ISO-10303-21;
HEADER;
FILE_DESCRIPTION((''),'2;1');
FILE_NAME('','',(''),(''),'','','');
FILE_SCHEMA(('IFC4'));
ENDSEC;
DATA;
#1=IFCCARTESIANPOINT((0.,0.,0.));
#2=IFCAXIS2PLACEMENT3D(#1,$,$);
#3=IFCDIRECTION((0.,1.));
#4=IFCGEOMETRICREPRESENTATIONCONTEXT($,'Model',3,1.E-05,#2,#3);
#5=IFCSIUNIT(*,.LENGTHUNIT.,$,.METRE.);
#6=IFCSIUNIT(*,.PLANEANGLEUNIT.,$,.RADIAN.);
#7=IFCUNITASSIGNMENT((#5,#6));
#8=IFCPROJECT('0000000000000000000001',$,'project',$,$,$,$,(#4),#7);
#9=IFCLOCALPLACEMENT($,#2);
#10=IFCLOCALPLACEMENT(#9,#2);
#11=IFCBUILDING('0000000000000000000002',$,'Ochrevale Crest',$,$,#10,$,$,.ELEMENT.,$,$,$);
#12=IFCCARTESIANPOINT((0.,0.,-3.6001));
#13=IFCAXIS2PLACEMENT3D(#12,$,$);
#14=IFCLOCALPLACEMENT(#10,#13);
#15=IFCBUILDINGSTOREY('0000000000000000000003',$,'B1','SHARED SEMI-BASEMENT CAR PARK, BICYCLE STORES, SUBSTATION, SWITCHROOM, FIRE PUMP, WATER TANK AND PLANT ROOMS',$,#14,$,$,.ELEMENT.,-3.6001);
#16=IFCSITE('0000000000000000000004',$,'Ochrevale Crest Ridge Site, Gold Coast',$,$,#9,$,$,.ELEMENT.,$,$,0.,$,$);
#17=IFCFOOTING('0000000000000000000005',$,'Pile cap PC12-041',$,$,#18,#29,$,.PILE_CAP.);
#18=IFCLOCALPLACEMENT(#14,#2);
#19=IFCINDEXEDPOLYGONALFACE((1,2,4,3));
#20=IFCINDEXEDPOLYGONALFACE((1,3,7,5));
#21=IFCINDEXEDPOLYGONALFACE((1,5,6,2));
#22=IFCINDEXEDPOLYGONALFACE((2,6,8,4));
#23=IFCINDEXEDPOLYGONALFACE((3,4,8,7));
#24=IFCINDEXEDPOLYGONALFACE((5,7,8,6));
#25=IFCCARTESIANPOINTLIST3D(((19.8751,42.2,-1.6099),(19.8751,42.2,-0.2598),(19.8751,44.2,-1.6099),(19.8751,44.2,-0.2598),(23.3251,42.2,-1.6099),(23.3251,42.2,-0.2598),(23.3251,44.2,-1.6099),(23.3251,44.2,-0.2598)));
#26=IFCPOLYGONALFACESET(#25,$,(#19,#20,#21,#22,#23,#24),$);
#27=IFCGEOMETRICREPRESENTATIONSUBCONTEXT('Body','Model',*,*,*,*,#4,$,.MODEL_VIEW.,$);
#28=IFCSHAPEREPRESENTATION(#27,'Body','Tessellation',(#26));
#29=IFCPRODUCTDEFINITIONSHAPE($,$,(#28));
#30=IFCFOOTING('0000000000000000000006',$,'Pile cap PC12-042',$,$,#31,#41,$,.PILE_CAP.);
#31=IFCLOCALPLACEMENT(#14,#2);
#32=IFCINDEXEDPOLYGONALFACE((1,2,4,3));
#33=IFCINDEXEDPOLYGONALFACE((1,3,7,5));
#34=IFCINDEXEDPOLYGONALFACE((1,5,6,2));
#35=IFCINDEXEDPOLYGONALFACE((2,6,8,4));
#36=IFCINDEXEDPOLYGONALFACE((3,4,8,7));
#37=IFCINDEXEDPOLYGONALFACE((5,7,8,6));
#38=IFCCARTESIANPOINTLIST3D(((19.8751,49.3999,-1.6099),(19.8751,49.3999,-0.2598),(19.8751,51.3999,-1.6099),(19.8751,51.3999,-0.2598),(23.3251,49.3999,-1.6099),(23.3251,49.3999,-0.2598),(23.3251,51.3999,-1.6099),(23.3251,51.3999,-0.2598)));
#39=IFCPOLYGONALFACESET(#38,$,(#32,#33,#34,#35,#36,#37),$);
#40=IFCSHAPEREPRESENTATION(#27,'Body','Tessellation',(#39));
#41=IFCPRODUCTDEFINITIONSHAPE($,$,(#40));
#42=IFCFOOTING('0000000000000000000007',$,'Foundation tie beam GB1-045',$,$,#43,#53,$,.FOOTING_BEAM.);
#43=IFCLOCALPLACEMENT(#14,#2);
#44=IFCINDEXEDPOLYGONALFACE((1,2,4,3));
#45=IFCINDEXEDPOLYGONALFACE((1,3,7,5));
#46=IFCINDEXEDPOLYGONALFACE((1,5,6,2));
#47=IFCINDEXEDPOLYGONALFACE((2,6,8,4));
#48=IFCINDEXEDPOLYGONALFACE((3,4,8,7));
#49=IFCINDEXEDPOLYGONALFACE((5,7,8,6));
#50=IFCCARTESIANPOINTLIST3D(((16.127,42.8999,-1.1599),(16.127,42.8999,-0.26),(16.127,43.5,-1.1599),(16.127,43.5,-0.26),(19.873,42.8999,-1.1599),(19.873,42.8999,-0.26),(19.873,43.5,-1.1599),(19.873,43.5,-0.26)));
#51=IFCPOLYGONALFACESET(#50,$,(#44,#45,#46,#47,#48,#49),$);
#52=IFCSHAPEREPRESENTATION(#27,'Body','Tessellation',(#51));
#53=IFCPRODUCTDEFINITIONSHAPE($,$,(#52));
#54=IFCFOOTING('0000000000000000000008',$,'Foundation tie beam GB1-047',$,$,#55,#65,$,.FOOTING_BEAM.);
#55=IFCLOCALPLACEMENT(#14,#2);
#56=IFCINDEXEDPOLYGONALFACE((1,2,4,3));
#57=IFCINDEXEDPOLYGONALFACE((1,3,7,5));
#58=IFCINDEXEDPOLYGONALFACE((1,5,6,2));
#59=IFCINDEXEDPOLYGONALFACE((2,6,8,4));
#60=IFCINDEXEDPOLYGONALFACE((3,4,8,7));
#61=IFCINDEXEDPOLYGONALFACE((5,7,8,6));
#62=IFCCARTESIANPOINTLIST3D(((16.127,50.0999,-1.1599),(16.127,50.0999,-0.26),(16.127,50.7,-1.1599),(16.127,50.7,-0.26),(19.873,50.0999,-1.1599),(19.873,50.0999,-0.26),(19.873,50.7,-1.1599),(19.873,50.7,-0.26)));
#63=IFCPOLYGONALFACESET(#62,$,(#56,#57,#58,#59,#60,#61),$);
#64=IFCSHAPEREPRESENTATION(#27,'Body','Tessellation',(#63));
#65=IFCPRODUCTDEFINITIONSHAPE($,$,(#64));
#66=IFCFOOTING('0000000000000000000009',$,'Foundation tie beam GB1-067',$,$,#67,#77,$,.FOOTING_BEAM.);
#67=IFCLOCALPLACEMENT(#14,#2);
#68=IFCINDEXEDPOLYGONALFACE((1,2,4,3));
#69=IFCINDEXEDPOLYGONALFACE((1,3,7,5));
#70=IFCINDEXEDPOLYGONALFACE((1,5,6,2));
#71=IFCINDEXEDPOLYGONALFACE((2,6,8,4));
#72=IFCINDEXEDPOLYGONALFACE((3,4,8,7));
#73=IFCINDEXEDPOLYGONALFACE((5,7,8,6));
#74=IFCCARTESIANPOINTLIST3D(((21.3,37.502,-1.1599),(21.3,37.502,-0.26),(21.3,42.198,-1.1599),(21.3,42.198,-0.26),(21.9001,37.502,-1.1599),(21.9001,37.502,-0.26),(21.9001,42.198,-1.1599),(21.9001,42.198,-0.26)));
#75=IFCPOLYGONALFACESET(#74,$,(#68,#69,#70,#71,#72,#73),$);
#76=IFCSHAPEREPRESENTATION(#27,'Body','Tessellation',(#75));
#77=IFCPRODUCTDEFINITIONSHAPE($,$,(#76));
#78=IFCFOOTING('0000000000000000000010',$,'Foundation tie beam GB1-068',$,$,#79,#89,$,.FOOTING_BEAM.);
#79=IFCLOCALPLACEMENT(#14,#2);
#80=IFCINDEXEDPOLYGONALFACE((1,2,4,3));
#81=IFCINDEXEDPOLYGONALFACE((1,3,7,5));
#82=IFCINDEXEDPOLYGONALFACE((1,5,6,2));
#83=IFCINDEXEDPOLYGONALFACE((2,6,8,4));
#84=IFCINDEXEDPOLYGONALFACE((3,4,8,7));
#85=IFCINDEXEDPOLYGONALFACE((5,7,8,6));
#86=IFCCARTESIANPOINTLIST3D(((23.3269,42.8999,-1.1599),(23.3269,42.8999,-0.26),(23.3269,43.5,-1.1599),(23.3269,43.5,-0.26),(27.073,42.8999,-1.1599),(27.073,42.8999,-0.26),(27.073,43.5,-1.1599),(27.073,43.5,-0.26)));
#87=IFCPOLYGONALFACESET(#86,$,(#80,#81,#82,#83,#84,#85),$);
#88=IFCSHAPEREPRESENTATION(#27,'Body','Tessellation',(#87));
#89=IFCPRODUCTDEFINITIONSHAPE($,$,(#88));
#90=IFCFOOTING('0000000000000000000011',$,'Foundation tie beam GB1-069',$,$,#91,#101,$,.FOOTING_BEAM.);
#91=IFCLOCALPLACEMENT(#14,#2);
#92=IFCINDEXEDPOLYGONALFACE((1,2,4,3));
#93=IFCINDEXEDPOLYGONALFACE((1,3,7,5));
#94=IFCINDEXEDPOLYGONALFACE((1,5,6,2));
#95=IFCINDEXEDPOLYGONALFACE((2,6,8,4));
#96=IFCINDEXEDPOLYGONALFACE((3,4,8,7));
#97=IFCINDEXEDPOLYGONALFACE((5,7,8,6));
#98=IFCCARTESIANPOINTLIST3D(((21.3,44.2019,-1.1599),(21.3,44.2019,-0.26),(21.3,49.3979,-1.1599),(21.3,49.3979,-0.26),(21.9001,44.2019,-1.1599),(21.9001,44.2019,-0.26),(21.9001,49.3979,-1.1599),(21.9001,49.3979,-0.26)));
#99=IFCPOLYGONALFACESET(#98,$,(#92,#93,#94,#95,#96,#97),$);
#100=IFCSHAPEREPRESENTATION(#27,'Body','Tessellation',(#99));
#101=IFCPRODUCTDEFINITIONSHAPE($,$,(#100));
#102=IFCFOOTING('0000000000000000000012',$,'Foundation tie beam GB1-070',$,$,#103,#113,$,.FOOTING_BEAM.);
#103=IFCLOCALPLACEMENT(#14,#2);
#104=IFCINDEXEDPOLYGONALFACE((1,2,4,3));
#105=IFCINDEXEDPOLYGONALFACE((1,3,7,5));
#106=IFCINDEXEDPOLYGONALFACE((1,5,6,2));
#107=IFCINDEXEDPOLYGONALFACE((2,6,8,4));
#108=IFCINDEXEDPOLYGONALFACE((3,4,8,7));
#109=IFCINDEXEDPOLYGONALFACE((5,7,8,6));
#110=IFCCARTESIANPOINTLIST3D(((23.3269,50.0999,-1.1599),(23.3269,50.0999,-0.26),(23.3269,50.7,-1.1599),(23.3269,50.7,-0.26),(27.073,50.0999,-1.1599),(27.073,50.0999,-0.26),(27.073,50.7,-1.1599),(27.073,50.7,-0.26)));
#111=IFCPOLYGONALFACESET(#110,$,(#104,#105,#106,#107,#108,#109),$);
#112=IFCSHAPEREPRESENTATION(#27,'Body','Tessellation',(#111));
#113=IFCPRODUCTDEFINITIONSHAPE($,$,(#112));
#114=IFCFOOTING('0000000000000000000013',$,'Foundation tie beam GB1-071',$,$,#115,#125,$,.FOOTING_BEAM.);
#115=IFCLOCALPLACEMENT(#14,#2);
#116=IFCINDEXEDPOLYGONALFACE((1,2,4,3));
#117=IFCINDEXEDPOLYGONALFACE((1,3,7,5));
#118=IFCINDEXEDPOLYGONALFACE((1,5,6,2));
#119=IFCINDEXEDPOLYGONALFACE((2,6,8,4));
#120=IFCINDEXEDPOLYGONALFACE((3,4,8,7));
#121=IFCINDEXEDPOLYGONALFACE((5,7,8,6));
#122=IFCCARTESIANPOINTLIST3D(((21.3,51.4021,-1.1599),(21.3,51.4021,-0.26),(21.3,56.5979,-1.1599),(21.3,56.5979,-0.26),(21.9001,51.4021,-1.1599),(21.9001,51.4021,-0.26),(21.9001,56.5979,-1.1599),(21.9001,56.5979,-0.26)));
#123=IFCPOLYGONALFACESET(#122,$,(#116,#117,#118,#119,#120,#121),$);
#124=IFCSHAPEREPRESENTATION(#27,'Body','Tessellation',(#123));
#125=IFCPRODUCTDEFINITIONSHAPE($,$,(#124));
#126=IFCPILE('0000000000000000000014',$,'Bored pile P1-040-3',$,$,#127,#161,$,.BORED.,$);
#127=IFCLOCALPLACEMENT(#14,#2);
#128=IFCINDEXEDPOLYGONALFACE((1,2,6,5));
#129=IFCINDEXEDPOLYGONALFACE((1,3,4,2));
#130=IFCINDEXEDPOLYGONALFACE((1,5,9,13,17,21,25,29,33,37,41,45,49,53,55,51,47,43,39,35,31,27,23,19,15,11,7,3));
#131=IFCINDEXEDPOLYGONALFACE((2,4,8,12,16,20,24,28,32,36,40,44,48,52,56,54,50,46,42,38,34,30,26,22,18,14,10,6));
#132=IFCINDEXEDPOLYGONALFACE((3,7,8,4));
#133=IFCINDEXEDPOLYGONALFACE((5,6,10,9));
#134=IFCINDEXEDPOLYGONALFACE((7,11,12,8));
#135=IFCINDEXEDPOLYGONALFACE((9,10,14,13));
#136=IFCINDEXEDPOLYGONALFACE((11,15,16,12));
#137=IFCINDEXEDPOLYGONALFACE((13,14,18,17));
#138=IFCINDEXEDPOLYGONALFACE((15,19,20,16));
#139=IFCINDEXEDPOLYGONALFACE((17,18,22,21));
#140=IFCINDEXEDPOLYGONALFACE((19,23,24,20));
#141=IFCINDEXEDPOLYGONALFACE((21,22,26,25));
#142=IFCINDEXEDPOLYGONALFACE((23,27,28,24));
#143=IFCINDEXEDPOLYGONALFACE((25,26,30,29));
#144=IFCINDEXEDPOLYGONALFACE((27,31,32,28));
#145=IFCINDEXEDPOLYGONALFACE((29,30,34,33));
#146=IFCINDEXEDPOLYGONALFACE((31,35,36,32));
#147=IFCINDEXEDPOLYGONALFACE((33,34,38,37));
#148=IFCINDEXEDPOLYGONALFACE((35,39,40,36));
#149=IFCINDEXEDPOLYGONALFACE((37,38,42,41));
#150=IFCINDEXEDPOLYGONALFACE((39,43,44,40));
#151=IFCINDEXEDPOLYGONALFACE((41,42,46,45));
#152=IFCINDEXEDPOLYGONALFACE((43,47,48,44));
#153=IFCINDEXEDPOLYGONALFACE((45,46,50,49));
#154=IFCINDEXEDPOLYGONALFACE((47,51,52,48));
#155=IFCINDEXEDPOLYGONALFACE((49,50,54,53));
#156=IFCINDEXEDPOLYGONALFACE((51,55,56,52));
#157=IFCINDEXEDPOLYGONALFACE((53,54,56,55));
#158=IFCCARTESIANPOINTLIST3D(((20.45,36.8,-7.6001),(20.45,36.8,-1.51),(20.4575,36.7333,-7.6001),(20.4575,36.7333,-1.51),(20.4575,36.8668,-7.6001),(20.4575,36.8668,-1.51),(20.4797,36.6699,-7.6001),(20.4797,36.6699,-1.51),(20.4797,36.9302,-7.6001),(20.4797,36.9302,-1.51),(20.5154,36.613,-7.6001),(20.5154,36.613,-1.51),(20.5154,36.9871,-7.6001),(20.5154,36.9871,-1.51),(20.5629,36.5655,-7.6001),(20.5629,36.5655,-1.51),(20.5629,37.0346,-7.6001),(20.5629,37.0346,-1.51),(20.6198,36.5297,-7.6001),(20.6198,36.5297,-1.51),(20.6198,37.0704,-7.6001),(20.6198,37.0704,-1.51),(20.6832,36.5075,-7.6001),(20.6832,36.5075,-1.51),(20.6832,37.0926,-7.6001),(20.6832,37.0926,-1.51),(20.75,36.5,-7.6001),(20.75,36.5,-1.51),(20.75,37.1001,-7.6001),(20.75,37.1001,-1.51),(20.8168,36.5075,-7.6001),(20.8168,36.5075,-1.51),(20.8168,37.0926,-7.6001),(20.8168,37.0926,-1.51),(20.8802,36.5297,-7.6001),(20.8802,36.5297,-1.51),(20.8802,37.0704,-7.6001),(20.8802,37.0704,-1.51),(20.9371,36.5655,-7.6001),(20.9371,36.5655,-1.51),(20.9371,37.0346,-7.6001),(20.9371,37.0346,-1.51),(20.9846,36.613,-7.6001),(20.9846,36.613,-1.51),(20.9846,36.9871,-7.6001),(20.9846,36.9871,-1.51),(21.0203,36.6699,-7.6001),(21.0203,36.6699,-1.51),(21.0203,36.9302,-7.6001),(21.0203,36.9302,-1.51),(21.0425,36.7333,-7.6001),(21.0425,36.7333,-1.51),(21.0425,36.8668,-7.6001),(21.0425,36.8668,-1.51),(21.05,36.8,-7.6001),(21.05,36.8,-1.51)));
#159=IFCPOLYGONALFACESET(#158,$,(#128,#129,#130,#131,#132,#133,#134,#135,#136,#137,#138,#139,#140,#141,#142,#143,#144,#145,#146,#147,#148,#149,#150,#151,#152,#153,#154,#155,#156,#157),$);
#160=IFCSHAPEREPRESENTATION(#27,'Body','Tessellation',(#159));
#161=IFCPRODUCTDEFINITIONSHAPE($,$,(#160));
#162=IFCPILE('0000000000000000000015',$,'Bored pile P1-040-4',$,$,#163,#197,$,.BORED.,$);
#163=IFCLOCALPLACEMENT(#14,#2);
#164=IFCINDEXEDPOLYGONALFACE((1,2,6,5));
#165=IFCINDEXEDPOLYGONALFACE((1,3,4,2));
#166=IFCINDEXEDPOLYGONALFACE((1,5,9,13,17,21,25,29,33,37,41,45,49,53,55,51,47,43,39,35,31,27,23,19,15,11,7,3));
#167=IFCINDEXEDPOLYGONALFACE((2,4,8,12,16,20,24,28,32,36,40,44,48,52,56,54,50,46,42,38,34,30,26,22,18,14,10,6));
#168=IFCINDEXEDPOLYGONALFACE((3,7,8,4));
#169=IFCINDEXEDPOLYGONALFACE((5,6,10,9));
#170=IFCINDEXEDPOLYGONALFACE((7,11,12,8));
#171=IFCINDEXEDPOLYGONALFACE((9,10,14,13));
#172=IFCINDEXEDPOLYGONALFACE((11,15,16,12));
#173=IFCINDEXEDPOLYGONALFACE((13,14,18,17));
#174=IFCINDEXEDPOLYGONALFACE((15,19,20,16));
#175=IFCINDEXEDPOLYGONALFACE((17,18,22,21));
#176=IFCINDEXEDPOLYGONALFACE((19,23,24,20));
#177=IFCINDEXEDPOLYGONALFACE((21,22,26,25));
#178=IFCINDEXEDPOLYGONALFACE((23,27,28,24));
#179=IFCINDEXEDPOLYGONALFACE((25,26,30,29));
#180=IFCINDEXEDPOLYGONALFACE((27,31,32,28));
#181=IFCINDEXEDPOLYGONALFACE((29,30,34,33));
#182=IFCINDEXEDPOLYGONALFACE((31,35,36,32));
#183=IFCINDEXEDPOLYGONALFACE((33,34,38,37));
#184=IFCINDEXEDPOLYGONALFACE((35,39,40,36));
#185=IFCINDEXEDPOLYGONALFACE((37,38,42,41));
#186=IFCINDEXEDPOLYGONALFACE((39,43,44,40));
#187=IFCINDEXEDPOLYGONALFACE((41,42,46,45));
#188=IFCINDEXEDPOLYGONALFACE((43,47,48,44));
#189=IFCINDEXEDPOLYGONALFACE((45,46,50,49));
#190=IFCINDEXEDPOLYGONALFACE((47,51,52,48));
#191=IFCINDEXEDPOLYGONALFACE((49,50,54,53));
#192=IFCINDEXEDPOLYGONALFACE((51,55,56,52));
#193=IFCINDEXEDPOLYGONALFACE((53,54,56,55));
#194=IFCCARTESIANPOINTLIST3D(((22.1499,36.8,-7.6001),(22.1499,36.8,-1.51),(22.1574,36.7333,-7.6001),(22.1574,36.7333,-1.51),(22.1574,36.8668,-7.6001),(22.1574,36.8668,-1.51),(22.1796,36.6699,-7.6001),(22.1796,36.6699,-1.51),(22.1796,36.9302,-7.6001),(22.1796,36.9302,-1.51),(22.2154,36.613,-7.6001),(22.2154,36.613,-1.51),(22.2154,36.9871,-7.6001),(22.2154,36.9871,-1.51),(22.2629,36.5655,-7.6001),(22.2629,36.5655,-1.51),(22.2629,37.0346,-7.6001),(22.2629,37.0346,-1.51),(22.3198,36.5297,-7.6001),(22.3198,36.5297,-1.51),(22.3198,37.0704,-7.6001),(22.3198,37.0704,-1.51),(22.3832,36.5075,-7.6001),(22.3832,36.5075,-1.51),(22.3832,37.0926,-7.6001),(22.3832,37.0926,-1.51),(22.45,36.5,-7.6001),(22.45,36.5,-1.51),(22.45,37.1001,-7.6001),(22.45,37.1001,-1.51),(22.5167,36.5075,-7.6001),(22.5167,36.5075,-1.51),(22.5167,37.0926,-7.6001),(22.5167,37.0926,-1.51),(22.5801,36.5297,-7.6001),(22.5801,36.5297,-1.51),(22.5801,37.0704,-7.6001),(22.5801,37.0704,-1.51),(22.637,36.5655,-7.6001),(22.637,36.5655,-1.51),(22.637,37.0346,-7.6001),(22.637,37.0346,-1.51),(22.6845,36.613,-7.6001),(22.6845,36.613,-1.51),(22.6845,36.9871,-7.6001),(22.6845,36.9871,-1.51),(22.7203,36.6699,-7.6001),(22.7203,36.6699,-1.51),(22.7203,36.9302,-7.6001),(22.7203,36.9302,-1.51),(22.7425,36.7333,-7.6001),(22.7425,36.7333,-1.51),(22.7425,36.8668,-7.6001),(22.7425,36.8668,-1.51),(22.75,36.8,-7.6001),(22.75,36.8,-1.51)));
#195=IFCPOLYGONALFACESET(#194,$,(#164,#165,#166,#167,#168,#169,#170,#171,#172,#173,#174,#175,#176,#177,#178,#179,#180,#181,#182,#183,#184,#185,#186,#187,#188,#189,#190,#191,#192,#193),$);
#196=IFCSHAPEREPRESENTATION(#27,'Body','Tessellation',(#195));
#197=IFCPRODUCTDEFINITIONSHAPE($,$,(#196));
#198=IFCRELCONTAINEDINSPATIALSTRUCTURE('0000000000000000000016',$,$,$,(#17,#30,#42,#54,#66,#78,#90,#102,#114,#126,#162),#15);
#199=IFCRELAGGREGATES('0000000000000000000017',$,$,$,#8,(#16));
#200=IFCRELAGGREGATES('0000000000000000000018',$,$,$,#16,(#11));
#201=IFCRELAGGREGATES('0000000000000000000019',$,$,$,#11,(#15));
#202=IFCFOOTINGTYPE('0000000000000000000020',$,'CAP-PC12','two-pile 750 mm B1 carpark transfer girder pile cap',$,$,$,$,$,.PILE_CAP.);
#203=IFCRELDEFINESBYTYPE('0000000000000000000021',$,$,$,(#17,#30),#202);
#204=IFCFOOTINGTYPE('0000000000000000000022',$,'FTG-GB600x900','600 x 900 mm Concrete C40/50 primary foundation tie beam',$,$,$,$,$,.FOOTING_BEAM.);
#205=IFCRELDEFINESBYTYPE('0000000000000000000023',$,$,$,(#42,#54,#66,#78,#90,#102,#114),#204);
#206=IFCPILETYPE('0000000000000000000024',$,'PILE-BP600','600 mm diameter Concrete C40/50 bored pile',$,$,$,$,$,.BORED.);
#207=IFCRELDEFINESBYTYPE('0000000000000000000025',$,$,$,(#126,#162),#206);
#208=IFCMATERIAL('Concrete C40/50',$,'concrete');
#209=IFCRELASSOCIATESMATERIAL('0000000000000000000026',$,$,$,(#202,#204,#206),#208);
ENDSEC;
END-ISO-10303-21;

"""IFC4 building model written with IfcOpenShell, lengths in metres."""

from ifc_helpers import new_model, si_unit, direction, frame, origin, origin_2d, place, context, subcontext, project, spatial, rectangle, circle, extrude, material, material_profile, profile_set, type_object, element, save


model = new_model("IFC4")

# Units and contexts
model_context = context("Model", 3, precision=1e-05, world=origin(), true_north=direction((0.0, 1.0)))
body_context = subcontext(model_context, "Body", "Model", "MODEL_VIEW")
ifc_project = project(units=[si_unit("LENGTHUNIT", "METRE"), si_unit("PLANEANGLEUNIT", "RADIAN")], contexts=[model_context])

# Site, building, storey
site_placement = place(None, origin())
site = spatial("IfcSite", under=ifc_project, at=site_placement, Name="Ochrevale Crest Ridge Site, Gold Coast", CompositionType="ELEMENT", RefElevation=0.0)
building_placement = place(site_placement, origin())
building = spatial("IfcBuilding", under=site, at=building_placement, Name="Ochrevale Crest", CompositionType="ELEMENT")
storey_placement = place(building_placement, frame((0.0, 0.0, -3.6001)))
storey = spatial("IfcBuildingStorey", under=building, at=storey_placement, Name="B1", Description="SHARED SEMI-BASEMENT CAR PARK, BICYCLE STORES, SUBSTATION, SWITCHROOM, FIRE PUMP, WATER TANK AND PLANT ROOMS", CompositionType="ELEMENT", Elevation=-3.6001)

# Footings
ifc_material_1 = material(Name="Concrete C40/50", Category="concrete")
footing_type_1 = type_object("IfcFootingType", Name="CAP-PC12", Description="two-pile 750 mm B1 carpark transfer girder pile cap", PredefinedType="PILE_CAP", material=ifc_material_1)
for number, where, z_axis, x_axis, name in (
    (1, (21.6001, 43.2, -1.6099), (0.0, 0.0, 1.0), (1.0, 0.0, 0.0), "Pile cap PC12-041"),
    (2, (21.6001, 50.3999, -1.6099), (0.0, 0.0, 1.0), (1.0, 0.0, 0.0), "Pile cap PC12-042"),
):
    element("IfcFooting", number, at=place(storey_placement, frame(where, z_axis=z_axis, x_axis=x_axis)), inside=storey, type_object=footing_type_1, Name=name, PredefinedType="PILE_CAP", context=body_context, shape_type="SweptSolid", body=[
        extrude(rectangle(XDim=3.45, YDim=2.0, at=origin_2d()), origin(), (0.0, 0.0, 1.0), 1.3501),
    ])
ifc_material_profile_1 = material_profile(ifc_material_1, rectangle(XDim=0.6001, YDim=0.8999, at=origin_2d()), Name="GB 600x900")
ifc_profile_set_1 = profile_set([ifc_material_profile_1], Name="Concrete C40/50")
footing_type_2 = type_object("IfcFootingType", Name="FTG-GB600x900", Description="600 x 900 mm Concrete C40/50 primary foundation tie beam", PredefinedType="FOOTING_BEAM", material=ifc_profile_set_1)
for number, where, z_axis, x_axis, name in (
    (3, (16.127, 43.2, -0.71), (1.0, 0.0, 0.0), (0.0, 1.0, 0.0), "Foundation tie beam GB1-045"),
    (4, (16.127, 50.3999, -0.71), (1.0, 0.0, 0.0), (0.0, 1.0, 0.0), "Foundation tie beam GB1-047"),
):
    element("IfcFooting", number, at=place(storey_placement, frame(where, z_axis=z_axis, x_axis=x_axis)), inside=storey, type_object=footing_type_2, Name=name, PredefinedType="FOOTING_BEAM", context=body_context, shape_type="SweptSolid", body=[
        extrude(rectangle(XDim=0.6001, YDim=0.8999, at=origin_2d()), origin(), (0.0, 0.0, 1.0), 3.7461),
    ])
footing_1_placement = place(storey_placement, frame((21.6001, 37.502, -0.71), z_axis=(0.0, 1.0, 0.0), x_axis=(-1.0, 0.0, 0.0)))
element("IfcFooting", 5, at=footing_1_placement, inside=storey, type_object=footing_type_2, Name="Foundation tie beam GB1-067", PredefinedType="FOOTING_BEAM", context=body_context, shape_type="SweptSolid", body=[
    extrude(rectangle(XDim=0.6001, YDim=0.8999, at=origin_2d()), origin(), (0.0, 0.0, 1.0), 4.696),
])
footing_2_placement = place(storey_placement, frame((23.3269, 43.2, -0.71), z_axis=(1.0, 0.0, 0.0), x_axis=(0.0, 1.0, 0.0)))
element("IfcFooting", 6, at=footing_2_placement, inside=storey, type_object=footing_type_2, Name="Foundation tie beam GB1-068", PredefinedType="FOOTING_BEAM", context=body_context, shape_type="SweptSolid", body=[
    extrude(rectangle(XDim=0.6001, YDim=0.8999, at=origin_2d()), origin(), (0.0, 0.0, 1.0), 3.7461),
])
footing_3_placement = place(storey_placement, frame((21.6001, 44.2019, -0.71), z_axis=(0.0, 1.0, 0.0), x_axis=(-1.0, 0.0, 0.0)))
element("IfcFooting", 7, at=footing_3_placement, inside=storey, type_object=footing_type_2, Name="Foundation tie beam GB1-069", PredefinedType="FOOTING_BEAM", context=body_context, shape_type="SweptSolid", body=[
    extrude(rectangle(XDim=0.6001, YDim=0.8999, at=origin_2d()), origin(), (0.0, 0.0, 1.0), 5.196),
])
footing_4_placement = place(storey_placement, frame((23.3269, 50.3999, -0.71), z_axis=(1.0, 0.0, 0.0), x_axis=(0.0, 1.0, 0.0)))
element("IfcFooting", 8, at=footing_4_placement, inside=storey, type_object=footing_type_2, Name="Foundation tie beam GB1-070", PredefinedType="FOOTING_BEAM", context=body_context, shape_type="SweptSolid", body=[
    extrude(rectangle(XDim=0.6001, YDim=0.8999, at=origin_2d()), origin(), (0.0, 0.0, 1.0), 3.7461),
])
footing_5_placement = place(storey_placement, frame((21.6001, 51.4021, -0.71), z_axis=(0.0, 1.0, 0.0), x_axis=(-1.0, 0.0, 0.0)))
element("IfcFooting", 9, at=footing_5_placement, inside=storey, type_object=footing_type_2, Name="Foundation tie beam GB1-071", PredefinedType="FOOTING_BEAM", context=body_context, shape_type="SweptSolid", body=[
    extrude(rectangle(XDim=0.6001, YDim=0.8999, at=origin_2d()), origin(), (0.0, 0.0, 1.0), 5.1958),
])

# Piles
ifc_material_profile_2 = material_profile(ifc_material_1, circle(Radius=0.3, at=origin_2d()), Name="BORED PILE 600")
ifc_profile_set_2 = profile_set([ifc_material_profile_2], Name="Concrete C40/50")
pile_type_1 = type_object("IfcPileType", Name="PILE-BP600", Description="600 mm diameter Concrete C40/50 bored pile", PredefinedType="BORED", material=ifc_profile_set_2)
for number, where, z_axis, x_axis, name in (
    (10, (20.75, 36.8, -1.51), (0.0, 0.0, -1.0), (1.0, 0.0, 0.0), "Bored pile P1-040-3"),
    (11, (22.45, 36.8, -1.51), (0.0, 0.0, -1.0), (1.0, 0.0, 0.0), "Bored pile P1-040-4"),
):
    element("IfcPile", number, at=place(storey_placement, frame(where, z_axis=z_axis, x_axis=x_axis)), inside=storey, type_object=pile_type_1, Name=name, PredefinedType="BORED", context=body_context, shape_type="SweptSolid", body=[
        extrude(circle(Radius=0.3, at=origin_2d()), origin(), (0.0, 0.0, 1.0), 6.0901),
    ])

save(model, "model.ifc")
